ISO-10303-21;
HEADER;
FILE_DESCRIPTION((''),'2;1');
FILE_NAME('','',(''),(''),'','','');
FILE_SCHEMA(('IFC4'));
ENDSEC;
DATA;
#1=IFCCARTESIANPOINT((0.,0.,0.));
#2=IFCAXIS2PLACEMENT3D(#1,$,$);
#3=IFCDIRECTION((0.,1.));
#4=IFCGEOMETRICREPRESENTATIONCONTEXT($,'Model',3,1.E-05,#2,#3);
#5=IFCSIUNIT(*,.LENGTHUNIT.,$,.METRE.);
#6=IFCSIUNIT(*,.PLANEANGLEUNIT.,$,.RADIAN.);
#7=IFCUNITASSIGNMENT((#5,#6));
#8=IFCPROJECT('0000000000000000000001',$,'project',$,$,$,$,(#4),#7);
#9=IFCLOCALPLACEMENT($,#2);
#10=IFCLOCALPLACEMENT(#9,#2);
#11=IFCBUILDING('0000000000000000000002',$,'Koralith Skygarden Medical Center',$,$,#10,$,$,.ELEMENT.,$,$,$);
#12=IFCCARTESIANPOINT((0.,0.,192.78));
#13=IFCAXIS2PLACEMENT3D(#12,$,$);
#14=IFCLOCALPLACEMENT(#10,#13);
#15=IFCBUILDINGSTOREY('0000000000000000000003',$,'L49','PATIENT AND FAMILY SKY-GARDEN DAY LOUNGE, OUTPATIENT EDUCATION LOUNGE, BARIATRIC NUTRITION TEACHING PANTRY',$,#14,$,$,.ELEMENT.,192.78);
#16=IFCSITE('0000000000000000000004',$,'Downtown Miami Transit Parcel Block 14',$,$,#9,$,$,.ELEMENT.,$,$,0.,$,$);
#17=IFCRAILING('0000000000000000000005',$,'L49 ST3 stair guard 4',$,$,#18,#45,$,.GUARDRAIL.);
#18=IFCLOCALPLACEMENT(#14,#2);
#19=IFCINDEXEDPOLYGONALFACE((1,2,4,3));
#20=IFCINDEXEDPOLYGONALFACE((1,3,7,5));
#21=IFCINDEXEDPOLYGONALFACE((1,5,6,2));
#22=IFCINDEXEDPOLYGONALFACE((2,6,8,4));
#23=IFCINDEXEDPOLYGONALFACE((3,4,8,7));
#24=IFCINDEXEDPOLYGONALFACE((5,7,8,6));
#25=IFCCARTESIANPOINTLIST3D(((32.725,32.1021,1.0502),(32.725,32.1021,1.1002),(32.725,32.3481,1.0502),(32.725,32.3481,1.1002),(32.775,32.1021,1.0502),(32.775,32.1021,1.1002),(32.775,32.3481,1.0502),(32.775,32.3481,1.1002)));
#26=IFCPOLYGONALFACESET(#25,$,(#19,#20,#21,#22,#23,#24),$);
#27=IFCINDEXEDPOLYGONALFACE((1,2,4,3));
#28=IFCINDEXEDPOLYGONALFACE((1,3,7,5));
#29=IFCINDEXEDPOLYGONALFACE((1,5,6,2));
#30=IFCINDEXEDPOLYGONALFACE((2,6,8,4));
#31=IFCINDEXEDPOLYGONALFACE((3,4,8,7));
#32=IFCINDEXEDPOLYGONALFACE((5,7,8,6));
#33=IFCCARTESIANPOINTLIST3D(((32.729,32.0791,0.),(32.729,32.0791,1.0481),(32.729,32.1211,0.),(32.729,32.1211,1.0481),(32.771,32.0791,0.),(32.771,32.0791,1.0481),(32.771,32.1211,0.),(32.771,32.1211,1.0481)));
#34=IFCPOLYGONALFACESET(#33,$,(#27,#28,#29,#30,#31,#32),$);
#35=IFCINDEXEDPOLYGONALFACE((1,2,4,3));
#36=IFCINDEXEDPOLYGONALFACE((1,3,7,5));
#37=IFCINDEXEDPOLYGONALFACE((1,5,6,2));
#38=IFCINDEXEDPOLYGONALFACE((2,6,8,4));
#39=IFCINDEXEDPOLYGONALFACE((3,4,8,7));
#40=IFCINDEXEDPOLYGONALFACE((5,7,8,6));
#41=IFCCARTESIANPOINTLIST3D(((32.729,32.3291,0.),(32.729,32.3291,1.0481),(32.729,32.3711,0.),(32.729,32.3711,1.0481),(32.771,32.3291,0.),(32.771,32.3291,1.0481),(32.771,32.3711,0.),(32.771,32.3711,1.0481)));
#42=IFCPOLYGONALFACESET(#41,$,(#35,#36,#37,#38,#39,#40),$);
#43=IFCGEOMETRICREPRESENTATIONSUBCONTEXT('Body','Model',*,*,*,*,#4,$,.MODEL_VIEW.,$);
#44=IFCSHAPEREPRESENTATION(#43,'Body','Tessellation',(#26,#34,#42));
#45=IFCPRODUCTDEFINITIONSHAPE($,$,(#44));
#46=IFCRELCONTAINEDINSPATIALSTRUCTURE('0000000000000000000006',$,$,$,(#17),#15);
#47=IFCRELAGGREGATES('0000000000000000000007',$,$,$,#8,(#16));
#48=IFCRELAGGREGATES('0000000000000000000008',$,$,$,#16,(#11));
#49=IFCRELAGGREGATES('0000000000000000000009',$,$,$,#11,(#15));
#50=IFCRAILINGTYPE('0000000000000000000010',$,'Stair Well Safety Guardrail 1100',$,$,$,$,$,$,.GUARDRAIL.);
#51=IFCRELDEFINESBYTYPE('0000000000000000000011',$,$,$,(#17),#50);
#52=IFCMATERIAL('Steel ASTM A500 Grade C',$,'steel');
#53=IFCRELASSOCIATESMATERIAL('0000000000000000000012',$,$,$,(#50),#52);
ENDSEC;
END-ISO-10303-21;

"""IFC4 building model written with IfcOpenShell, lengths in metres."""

from ifc_helpers import new_model, si_unit, direction, frame, origin, origin_2d, place, context, subcontext, project, spatial, rectangle, extrude, material, type_object, element, save


model = new_model("IFC4")

# Units and contexts
model_context = context("Model", 3, precision=1e-05, world=origin(), true_north=direction((0.0, 1.0)))
body_context = subcontext(model_context, "Body", "Model", "MODEL_VIEW")
ifc_project = project(units=[si_unit("LENGTHUNIT", "METRE"), si_unit("PLANEANGLEUNIT", "RADIAN")], contexts=[model_context])

# Site, building, storey
site_placement = place(None, origin())
site = spatial("IfcSite", under=ifc_project, at=site_placement, Name="Downtown Miami Transit Parcel Block 14", CompositionType="ELEMENT", RefElevation=0.0)
building_placement = place(site_placement, origin())
building = spatial("IfcBuilding", under=site, at=building_placement, Name="Koralith Skygarden Medical Center", CompositionType="ELEMENT")
storey_placement = place(building_placement, frame((0.0, 0.0, 192.78)))
storey = spatial("IfcBuildingStorey", under=building, at=storey_placement, Name="L49", Description="PATIENT AND FAMILY SKY-GARDEN DAY LOUNGE, OUTPATIENT EDUCATION LOUNGE, BARIATRIC NUTRITION TEACHING PANTRY", CompositionType="ELEMENT", Elevation=192.78)

# Railing
ifc_material_1 = material(Name="Steel ASTM A500 Grade C", Category="steel")
railing_type_1 = type_object("IfcRailingType", Name="Stair Well Safety Guardrail 1100", PredefinedType="GUARDRAIL", material=ifc_material_1)
railing_1_placement = place(storey_placement, frame((32.75, 32.1001, 0.0)))
element("IfcRailing", 1, at=railing_1_placement, inside=storey, type_object=railing_type_1, Name="L49 ST3 stair guard 4", PredefinedType="GUARDRAIL", context=body_context, shape_type="SweptSolid", body=[
    extrude(rectangle(XDim=0.05, YDim=0.05, at=origin_2d()), frame((0.0, 0.002, 1.0752), z_axis=(0.0, 1.0, 0.0), x_axis=(-1.0, 0.0, 0.0)), (0.0, 0.0, 1.0), 0.2461),
    extrude(rectangle(XDim=0.042, YDim=0.042, at=origin_2d()), origin(), (0.0, 0.0, 1.0), 1.0481),
    extrude(rectangle(XDim=0.042, YDim=0.042, at=origin_2d()), frame((0.0, 0.25, 0.0)), (0.0, 0.0, 1.0), 1.0481),
])

save(model, "model.ifc")
